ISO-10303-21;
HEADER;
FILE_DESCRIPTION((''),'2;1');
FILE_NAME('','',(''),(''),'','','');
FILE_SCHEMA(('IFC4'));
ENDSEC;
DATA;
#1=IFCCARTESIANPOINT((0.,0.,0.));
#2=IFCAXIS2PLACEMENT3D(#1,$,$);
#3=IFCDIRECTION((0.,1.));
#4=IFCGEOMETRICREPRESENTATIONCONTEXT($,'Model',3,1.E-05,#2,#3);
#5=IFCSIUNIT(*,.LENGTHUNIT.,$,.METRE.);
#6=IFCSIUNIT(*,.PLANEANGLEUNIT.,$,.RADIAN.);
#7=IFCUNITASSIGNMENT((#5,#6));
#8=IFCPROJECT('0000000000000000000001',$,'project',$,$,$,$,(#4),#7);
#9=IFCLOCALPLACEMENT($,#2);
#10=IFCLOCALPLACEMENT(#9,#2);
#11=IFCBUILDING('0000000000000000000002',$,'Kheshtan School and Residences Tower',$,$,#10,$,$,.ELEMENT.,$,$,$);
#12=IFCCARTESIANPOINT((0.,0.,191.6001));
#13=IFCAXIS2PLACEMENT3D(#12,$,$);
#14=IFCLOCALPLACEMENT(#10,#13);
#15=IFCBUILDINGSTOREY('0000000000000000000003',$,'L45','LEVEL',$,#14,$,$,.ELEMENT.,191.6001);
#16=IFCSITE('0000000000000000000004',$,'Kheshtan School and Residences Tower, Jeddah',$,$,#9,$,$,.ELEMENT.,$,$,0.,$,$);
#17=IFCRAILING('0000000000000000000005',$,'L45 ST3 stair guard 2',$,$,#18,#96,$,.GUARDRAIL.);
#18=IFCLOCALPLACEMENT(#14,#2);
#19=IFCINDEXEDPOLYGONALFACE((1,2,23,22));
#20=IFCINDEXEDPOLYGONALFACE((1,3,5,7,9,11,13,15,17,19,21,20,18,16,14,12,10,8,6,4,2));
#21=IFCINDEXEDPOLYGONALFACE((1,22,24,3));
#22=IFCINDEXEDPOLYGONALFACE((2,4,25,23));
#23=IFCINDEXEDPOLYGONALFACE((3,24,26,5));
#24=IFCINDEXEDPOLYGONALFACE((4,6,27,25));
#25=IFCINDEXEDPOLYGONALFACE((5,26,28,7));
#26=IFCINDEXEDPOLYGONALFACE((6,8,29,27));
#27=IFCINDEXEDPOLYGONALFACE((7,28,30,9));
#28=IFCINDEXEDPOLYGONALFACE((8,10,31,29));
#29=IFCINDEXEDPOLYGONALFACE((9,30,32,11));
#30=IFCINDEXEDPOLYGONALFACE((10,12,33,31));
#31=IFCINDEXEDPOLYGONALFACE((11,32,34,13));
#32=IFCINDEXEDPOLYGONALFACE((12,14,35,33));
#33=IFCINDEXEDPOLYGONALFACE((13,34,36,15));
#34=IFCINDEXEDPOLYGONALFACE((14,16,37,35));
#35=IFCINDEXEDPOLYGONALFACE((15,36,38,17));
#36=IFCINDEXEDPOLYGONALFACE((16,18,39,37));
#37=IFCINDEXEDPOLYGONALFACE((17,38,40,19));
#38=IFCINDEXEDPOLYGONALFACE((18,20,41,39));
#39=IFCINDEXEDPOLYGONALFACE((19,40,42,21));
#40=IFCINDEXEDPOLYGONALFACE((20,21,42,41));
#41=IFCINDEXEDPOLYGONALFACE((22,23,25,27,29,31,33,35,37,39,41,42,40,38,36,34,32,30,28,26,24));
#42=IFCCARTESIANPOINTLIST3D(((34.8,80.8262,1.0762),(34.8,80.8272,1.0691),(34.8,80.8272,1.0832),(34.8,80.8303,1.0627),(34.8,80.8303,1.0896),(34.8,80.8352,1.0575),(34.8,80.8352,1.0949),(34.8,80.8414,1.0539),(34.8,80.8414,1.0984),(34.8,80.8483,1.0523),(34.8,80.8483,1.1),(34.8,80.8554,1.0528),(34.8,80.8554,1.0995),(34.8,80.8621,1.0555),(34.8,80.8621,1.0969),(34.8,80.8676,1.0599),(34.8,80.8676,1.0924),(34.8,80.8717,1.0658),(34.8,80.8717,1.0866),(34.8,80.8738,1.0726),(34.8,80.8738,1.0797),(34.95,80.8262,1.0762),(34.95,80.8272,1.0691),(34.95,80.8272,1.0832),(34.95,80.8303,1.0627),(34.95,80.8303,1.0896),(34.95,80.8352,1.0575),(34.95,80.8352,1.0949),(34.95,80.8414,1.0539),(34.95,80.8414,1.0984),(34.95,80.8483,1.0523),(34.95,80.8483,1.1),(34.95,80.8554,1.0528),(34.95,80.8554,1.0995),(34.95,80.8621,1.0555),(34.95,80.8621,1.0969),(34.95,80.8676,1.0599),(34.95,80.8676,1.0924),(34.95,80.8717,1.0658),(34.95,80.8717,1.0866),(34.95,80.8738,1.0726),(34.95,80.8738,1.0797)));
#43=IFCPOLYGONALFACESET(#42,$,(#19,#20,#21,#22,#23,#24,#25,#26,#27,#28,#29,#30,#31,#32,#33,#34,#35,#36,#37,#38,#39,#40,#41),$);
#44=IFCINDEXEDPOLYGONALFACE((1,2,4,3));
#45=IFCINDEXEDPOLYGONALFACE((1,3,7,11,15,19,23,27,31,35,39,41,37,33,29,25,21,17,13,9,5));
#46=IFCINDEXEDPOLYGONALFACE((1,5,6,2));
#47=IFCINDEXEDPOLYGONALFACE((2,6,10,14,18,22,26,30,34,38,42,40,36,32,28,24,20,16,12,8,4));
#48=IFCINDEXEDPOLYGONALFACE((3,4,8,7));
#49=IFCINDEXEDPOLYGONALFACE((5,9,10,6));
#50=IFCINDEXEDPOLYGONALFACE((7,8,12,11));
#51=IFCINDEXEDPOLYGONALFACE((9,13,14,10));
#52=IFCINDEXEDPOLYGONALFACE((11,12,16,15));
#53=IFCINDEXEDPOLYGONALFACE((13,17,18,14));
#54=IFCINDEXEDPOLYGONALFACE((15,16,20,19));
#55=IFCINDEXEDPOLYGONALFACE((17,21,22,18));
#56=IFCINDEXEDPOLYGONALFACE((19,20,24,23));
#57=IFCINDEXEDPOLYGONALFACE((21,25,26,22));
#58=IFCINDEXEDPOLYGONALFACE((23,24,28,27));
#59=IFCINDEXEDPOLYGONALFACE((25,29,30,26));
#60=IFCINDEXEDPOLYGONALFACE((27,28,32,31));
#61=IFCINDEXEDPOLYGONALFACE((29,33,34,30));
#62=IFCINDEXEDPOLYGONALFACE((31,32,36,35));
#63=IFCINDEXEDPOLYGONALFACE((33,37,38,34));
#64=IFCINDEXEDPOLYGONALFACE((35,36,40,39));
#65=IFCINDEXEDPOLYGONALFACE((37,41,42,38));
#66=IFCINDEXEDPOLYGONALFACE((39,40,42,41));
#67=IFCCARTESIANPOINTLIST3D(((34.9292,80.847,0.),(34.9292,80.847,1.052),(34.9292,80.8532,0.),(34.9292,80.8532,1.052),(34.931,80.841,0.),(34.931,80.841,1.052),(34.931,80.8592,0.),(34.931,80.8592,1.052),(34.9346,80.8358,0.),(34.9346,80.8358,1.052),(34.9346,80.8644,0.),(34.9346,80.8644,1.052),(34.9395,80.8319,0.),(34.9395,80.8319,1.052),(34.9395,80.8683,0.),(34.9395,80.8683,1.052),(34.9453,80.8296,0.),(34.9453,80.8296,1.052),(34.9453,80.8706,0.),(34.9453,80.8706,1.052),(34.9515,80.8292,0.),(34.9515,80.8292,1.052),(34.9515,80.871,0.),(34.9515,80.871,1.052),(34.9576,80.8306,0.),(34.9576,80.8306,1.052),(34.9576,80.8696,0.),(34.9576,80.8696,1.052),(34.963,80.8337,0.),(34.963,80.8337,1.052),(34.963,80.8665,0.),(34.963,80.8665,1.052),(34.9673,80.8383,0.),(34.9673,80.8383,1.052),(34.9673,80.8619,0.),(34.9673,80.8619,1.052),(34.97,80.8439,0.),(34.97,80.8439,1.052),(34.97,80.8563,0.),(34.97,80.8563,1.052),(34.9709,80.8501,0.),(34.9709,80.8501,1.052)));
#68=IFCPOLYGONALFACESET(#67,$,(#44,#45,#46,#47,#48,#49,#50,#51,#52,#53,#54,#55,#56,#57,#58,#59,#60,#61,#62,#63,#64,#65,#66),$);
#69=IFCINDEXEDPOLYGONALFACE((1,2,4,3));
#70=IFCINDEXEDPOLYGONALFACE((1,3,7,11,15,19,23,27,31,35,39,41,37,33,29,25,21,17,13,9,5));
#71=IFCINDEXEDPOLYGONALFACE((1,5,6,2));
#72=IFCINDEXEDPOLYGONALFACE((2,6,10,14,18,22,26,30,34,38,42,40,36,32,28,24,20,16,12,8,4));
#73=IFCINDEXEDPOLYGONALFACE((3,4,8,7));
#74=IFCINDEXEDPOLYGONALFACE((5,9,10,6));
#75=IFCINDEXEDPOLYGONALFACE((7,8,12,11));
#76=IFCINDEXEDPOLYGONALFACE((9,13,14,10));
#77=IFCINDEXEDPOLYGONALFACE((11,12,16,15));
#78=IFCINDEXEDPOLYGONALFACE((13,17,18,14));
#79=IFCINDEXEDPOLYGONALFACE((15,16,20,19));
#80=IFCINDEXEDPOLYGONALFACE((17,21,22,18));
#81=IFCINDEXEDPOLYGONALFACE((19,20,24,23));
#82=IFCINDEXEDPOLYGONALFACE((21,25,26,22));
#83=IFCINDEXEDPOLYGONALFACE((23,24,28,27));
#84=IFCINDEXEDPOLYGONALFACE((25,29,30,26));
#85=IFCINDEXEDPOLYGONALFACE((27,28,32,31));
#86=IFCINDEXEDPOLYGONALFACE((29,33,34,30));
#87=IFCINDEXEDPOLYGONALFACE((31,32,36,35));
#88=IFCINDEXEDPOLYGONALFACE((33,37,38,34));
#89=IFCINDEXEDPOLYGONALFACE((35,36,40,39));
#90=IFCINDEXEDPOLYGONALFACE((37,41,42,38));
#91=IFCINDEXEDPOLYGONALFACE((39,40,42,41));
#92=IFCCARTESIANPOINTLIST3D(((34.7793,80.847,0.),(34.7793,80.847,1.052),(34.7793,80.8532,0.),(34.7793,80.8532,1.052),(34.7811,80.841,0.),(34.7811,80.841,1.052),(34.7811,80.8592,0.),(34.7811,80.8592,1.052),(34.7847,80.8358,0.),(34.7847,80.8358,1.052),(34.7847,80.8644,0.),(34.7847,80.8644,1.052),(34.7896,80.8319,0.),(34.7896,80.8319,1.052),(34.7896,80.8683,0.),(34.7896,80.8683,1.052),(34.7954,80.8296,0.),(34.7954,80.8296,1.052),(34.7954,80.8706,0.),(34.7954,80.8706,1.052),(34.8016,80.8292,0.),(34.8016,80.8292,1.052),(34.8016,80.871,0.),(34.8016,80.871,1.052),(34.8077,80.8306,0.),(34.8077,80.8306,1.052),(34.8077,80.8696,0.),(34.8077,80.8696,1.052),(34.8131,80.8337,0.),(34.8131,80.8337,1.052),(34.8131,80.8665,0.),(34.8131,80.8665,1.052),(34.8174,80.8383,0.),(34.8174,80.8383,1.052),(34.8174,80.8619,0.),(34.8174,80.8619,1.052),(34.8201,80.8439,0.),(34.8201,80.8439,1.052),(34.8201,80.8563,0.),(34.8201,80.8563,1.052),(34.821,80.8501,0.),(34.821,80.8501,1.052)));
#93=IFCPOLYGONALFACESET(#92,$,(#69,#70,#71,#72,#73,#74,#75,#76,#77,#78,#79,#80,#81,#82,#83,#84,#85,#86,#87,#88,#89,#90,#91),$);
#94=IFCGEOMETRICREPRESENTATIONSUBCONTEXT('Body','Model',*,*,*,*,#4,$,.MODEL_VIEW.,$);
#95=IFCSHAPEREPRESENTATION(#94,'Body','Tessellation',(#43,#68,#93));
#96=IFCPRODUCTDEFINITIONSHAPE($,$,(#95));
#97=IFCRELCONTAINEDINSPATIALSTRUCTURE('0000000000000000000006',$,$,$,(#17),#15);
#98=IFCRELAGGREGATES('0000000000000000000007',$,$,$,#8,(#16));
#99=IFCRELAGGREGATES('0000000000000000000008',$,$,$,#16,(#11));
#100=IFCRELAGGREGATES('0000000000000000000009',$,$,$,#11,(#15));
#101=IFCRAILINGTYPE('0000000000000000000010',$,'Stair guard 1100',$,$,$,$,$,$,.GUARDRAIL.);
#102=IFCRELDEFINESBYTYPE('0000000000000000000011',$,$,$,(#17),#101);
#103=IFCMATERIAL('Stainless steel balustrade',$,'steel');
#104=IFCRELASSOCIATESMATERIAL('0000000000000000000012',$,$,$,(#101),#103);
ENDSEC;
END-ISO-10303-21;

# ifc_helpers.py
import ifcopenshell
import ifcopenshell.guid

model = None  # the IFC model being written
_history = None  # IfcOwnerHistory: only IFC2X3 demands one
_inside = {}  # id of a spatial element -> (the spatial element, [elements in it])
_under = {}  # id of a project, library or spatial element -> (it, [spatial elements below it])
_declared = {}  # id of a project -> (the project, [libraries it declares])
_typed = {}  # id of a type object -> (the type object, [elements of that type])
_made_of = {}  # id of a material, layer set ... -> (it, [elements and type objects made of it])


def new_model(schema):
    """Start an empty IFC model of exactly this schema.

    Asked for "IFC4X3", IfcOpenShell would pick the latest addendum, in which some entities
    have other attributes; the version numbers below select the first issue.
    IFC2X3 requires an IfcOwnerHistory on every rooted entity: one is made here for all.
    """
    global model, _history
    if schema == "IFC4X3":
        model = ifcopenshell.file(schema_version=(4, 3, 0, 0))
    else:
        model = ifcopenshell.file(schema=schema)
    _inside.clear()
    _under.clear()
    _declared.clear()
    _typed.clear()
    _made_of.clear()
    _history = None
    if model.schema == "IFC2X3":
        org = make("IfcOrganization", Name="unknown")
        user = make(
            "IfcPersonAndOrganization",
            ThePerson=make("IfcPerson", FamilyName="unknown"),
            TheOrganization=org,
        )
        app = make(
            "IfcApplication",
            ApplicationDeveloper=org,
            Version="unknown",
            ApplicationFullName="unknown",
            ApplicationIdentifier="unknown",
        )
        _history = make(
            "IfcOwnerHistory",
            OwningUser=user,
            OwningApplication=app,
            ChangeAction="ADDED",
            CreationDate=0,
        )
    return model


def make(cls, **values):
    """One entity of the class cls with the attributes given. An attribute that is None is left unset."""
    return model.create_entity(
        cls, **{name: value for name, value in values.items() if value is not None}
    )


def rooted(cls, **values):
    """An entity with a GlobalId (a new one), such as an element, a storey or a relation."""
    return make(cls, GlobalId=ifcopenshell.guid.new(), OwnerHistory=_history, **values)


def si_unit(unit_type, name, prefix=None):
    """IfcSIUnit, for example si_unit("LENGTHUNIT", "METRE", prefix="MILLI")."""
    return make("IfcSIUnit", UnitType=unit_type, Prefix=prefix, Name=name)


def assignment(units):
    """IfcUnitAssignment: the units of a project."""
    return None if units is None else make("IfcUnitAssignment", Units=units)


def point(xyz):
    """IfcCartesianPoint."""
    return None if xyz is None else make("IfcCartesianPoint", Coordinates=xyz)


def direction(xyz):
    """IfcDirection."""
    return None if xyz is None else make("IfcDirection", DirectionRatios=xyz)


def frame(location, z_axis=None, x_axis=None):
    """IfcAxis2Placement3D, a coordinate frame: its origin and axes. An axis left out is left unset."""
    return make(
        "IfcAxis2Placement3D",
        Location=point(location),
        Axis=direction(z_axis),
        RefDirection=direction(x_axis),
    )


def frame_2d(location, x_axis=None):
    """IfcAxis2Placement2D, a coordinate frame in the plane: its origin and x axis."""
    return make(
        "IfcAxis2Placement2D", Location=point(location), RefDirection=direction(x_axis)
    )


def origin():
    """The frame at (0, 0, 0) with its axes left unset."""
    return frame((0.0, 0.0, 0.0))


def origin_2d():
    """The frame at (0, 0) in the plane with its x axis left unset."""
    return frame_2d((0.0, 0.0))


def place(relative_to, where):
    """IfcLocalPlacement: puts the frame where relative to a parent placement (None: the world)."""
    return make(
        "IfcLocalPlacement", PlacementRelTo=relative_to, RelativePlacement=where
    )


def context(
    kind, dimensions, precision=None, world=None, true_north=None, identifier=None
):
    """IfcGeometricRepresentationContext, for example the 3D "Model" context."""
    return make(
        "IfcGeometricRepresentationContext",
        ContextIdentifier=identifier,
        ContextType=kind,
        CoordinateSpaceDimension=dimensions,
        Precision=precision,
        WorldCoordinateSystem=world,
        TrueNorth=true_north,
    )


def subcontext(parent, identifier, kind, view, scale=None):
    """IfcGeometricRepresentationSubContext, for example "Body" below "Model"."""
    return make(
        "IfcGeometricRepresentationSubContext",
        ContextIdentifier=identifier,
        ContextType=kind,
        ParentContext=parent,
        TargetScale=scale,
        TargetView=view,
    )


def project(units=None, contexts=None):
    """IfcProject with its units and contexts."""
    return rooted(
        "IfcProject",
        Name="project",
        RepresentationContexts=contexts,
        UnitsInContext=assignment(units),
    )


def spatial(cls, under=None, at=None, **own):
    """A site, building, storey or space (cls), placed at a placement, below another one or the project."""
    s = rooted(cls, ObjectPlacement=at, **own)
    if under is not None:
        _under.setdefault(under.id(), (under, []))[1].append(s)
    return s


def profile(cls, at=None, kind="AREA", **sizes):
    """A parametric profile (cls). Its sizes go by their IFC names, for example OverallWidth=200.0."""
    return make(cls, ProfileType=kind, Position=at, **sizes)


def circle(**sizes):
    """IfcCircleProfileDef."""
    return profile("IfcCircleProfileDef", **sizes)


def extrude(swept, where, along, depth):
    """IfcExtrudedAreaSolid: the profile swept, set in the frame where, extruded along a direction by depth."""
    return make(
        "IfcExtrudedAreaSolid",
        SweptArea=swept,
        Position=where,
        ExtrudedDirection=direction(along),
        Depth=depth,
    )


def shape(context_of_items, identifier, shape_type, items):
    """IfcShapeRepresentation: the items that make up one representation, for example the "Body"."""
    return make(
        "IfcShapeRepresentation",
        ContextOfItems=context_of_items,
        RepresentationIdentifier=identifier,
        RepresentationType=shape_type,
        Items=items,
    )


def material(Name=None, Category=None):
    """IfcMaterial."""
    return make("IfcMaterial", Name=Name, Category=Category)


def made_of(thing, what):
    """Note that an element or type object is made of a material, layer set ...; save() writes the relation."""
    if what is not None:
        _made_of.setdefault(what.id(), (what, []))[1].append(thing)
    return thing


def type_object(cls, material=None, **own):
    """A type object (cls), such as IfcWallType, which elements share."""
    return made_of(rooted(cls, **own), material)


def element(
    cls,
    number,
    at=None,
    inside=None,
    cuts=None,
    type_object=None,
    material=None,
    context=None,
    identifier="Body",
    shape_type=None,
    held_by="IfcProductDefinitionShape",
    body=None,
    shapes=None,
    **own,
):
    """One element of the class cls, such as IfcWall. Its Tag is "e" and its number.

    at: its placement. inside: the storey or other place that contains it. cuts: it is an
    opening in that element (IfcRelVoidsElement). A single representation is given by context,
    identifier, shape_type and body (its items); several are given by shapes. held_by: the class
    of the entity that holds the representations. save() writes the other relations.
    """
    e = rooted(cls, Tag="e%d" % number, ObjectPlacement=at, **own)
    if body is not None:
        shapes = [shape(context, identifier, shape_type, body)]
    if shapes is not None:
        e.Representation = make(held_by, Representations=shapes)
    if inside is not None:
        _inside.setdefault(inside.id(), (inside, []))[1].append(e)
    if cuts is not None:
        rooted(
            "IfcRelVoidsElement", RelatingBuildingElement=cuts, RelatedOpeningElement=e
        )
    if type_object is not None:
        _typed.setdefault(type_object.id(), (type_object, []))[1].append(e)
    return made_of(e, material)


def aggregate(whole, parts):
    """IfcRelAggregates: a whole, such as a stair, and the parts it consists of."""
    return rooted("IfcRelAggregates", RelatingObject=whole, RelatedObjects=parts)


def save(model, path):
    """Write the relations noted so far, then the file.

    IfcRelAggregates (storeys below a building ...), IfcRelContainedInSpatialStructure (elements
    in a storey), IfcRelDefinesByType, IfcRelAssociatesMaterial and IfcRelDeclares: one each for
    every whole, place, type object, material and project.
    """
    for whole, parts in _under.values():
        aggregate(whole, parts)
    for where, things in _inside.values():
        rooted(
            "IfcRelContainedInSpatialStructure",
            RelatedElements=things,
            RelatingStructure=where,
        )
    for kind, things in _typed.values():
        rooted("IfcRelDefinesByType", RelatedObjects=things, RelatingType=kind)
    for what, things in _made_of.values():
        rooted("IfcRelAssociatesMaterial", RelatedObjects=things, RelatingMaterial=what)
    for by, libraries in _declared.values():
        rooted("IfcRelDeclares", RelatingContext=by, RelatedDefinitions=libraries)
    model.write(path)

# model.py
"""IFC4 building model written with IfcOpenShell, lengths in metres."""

from ifc_helpers import new_model, si_unit, direction, frame, origin, origin_2d, place, context, subcontext, project, spatial, circle, extrude, material, type_object, element, save


model = new_model("IFC4")

# Units and contexts
model_context = context("Model", 3, precision=1e-05, world=origin(), true_north=direction((0.0, 1.0)))
body_context = subcontext(model_context, "Body", "Model", "MODEL_VIEW")
ifc_project = project(units=[si_unit("LENGTHUNIT", "METRE"), si_unit("PLANEANGLEUNIT", "RADIAN")], contexts=[model_context])

# Site, building, storey
site_placement = place(None, origin())
site = spatial("IfcSite", under=ifc_project, at=site_placement, Name="Kheshtan School and Residences Tower, Jeddah", CompositionType="ELEMENT", RefElevation=0.0)
building_placement = place(site_placement, origin())
building = spatial("IfcBuilding", under=site, at=building_placement, Name="Kheshtan School and Residences Tower", CompositionType="ELEMENT")
storey_placement = place(building_placement, frame((0.0, 0.0, 191.6001)))
storey = spatial("IfcBuildingStorey", under=building, at=storey_placement, Name="L45", Description="LEVEL", CompositionType="ELEMENT", Elevation=191.6001)

# Railing
ifc_material_1 = material(Name="Stainless steel balustrade", Category="steel")
railing_type_1 = type_object("IfcRailingType", Name="Stair guard 1100", PredefinedType="GUARDRAIL", material=ifc_material_1)
railing_1_placement = place(storey_placement, frame((34.95, 80.8501, 0.0)))
element("IfcRailing", 1, at=railing_1_placement, inside=storey, type_object=railing_type_1, Name="L45 ST3 stair guard 2", PredefinedType="GUARDRAIL", context=body_context, shape_type="SweptSolid", body=[
    extrude(circle(Radius=0.0239, at=origin_2d()), frame((0.0, 0.0, 1.0762), z_axis=(-1.0, 0.0, 0.0), x_axis=(0.0, -1.0, 0.0)), (0.0, 0.0, 1.0), 0.1499),
    extrude(circle(Radius=0.021, at=origin_2d()), origin(), (0.0, 0.0, 1.0), 1.052),
    extrude(circle(Radius=0.021, at=origin_2d()), frame((-0.1499, 0.0, 0.0)), (0.0, 0.0, 1.0), 1.052),
])

save(model, "model.ifc")
